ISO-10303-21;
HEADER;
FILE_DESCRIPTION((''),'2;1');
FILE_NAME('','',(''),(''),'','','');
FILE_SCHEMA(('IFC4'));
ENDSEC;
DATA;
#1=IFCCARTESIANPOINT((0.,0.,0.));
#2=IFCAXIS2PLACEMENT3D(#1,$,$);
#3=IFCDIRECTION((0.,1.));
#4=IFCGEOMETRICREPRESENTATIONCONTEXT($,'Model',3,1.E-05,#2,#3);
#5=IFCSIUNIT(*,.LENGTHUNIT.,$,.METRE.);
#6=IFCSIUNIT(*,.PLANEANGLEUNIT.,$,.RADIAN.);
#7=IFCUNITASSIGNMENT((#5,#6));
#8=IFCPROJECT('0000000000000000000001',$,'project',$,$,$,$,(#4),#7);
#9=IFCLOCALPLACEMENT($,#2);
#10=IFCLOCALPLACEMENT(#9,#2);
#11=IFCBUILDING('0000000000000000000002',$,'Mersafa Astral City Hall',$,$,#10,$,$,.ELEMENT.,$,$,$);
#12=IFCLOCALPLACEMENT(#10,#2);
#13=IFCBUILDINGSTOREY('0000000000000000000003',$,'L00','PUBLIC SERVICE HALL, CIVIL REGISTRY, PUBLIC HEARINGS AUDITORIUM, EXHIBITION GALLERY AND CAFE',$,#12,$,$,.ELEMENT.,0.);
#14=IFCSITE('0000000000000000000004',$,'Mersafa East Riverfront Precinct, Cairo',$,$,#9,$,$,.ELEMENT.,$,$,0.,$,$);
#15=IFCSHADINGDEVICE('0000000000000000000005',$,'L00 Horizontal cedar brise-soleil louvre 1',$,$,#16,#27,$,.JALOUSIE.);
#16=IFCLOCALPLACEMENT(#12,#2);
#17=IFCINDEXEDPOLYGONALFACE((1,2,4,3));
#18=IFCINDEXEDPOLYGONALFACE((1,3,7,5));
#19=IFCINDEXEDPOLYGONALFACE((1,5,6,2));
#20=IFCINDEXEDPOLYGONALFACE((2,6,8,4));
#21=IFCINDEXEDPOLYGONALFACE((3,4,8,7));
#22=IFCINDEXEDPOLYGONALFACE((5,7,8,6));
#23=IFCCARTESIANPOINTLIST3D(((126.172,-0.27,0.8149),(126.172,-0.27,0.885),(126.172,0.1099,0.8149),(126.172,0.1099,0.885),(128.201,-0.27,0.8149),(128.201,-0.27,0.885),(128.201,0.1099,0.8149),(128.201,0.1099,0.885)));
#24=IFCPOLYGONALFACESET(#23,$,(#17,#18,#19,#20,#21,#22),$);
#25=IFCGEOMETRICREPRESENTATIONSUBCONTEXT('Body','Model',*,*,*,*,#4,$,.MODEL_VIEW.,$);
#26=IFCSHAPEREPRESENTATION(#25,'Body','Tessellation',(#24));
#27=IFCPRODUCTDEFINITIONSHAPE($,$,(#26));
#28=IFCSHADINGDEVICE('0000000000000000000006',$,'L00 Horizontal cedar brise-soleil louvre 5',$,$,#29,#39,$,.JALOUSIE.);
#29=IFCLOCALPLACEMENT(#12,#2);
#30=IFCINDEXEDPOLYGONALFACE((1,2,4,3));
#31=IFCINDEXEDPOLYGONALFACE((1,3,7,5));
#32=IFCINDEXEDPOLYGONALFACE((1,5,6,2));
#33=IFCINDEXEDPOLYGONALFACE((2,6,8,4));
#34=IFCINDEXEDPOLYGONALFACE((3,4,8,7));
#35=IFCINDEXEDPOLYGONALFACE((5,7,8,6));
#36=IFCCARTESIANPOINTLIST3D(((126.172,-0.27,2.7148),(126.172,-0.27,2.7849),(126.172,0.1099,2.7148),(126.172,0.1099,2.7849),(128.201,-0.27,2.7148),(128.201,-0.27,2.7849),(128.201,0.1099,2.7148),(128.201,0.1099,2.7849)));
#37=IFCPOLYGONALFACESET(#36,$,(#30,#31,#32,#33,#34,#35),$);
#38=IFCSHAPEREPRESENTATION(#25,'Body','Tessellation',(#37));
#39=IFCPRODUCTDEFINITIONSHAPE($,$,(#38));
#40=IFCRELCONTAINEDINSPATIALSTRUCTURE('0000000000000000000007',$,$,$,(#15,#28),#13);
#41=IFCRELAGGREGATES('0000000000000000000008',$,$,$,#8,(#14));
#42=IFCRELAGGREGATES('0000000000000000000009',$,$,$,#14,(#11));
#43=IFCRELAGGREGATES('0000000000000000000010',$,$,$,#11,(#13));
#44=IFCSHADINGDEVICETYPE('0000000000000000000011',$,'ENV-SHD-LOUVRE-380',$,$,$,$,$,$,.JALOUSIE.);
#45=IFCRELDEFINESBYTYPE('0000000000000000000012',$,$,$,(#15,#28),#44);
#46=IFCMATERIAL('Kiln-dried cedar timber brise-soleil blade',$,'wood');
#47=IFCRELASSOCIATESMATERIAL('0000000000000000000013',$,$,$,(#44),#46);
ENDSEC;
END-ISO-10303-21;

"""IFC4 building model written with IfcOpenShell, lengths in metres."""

from ifc_helpers import new_model, si_unit, direction, frame, origin, origin_2d, place, context, subcontext, project, spatial, rectangle, extrude, material, type_object, element, save


model = new_model("IFC4")

# Units and contexts
model_context = context("Model", 3, precision=1e-05, world=origin(), true_north=direction((0.0, 1.0)))
body_context = subcontext(model_context, "Body", "Model", "MODEL_VIEW")
ifc_project = project(units=[si_unit("LENGTHUNIT", "METRE"), si_unit("PLANEANGLEUNIT", "RADIAN")], contexts=[model_context])

# Site, building, storey
site_placement = place(None, origin())
site = spatial("IfcSite", under=ifc_project, at=site_placement, Name="Mersafa East Riverfront Precinct, Cairo", CompositionType="ELEMENT", RefElevation=0.0)
building_placement = place(site_placement, origin())
building = spatial("IfcBuilding", under=site, at=building_placement, Name="Mersafa Astral City Hall", CompositionType="ELEMENT")
storey_placement = place(building_placement, origin())
storey = spatial("IfcBuildingStorey", under=building, at=storey_placement, Name="L00", Description="PUBLIC SERVICE HALL, CIVIL REGISTRY, PUBLIC HEARINGS AUDITORIUM, EXHIBITION GALLERY AND CAFE", CompositionType="ELEMENT", Elevation=0.0)

# Shading devices
ifc_material_1 = material(Name="Kiln-dried cedar timber brise-soleil blade", Category="wood")
shading_device_type = type_object("IfcShadingDeviceType", Name="ENV-SHD-LOUVRE-380", PredefinedType="JALOUSIE", material=ifc_material_1)
for number, where, z_axis, x_axis, name in (
    (1, (127.1865, -0.0801, 0.8149), (0.0, 0.0, 1.0), (1.0, 0.0, 0.0), "L00 Horizontal cedar brise-soleil louvre 1"),
    (2, (127.1865, -0.0801, 2.7148), (0.0, 0.0, 1.0), (1.0, 0.0, 0.0), "L00 Horizontal cedar brise-soleil louvre 5"),
):
    element("IfcShadingDevice", number, at=place(storey_placement, frame(where, z_axis=z_axis, x_axis=x_axis)), inside=storey, type_object=shading_device_type, Name=name, PredefinedType="JALOUSIE", context=body_context, shape_type="SweptSolid", body=[
        extrude(rectangle(XDim=2.0291, YDim=0.3799, at=origin_2d()), origin(), (0.0, 0.0, 1.0), 0.0701),
    ])

save(model, "model.ifc")
